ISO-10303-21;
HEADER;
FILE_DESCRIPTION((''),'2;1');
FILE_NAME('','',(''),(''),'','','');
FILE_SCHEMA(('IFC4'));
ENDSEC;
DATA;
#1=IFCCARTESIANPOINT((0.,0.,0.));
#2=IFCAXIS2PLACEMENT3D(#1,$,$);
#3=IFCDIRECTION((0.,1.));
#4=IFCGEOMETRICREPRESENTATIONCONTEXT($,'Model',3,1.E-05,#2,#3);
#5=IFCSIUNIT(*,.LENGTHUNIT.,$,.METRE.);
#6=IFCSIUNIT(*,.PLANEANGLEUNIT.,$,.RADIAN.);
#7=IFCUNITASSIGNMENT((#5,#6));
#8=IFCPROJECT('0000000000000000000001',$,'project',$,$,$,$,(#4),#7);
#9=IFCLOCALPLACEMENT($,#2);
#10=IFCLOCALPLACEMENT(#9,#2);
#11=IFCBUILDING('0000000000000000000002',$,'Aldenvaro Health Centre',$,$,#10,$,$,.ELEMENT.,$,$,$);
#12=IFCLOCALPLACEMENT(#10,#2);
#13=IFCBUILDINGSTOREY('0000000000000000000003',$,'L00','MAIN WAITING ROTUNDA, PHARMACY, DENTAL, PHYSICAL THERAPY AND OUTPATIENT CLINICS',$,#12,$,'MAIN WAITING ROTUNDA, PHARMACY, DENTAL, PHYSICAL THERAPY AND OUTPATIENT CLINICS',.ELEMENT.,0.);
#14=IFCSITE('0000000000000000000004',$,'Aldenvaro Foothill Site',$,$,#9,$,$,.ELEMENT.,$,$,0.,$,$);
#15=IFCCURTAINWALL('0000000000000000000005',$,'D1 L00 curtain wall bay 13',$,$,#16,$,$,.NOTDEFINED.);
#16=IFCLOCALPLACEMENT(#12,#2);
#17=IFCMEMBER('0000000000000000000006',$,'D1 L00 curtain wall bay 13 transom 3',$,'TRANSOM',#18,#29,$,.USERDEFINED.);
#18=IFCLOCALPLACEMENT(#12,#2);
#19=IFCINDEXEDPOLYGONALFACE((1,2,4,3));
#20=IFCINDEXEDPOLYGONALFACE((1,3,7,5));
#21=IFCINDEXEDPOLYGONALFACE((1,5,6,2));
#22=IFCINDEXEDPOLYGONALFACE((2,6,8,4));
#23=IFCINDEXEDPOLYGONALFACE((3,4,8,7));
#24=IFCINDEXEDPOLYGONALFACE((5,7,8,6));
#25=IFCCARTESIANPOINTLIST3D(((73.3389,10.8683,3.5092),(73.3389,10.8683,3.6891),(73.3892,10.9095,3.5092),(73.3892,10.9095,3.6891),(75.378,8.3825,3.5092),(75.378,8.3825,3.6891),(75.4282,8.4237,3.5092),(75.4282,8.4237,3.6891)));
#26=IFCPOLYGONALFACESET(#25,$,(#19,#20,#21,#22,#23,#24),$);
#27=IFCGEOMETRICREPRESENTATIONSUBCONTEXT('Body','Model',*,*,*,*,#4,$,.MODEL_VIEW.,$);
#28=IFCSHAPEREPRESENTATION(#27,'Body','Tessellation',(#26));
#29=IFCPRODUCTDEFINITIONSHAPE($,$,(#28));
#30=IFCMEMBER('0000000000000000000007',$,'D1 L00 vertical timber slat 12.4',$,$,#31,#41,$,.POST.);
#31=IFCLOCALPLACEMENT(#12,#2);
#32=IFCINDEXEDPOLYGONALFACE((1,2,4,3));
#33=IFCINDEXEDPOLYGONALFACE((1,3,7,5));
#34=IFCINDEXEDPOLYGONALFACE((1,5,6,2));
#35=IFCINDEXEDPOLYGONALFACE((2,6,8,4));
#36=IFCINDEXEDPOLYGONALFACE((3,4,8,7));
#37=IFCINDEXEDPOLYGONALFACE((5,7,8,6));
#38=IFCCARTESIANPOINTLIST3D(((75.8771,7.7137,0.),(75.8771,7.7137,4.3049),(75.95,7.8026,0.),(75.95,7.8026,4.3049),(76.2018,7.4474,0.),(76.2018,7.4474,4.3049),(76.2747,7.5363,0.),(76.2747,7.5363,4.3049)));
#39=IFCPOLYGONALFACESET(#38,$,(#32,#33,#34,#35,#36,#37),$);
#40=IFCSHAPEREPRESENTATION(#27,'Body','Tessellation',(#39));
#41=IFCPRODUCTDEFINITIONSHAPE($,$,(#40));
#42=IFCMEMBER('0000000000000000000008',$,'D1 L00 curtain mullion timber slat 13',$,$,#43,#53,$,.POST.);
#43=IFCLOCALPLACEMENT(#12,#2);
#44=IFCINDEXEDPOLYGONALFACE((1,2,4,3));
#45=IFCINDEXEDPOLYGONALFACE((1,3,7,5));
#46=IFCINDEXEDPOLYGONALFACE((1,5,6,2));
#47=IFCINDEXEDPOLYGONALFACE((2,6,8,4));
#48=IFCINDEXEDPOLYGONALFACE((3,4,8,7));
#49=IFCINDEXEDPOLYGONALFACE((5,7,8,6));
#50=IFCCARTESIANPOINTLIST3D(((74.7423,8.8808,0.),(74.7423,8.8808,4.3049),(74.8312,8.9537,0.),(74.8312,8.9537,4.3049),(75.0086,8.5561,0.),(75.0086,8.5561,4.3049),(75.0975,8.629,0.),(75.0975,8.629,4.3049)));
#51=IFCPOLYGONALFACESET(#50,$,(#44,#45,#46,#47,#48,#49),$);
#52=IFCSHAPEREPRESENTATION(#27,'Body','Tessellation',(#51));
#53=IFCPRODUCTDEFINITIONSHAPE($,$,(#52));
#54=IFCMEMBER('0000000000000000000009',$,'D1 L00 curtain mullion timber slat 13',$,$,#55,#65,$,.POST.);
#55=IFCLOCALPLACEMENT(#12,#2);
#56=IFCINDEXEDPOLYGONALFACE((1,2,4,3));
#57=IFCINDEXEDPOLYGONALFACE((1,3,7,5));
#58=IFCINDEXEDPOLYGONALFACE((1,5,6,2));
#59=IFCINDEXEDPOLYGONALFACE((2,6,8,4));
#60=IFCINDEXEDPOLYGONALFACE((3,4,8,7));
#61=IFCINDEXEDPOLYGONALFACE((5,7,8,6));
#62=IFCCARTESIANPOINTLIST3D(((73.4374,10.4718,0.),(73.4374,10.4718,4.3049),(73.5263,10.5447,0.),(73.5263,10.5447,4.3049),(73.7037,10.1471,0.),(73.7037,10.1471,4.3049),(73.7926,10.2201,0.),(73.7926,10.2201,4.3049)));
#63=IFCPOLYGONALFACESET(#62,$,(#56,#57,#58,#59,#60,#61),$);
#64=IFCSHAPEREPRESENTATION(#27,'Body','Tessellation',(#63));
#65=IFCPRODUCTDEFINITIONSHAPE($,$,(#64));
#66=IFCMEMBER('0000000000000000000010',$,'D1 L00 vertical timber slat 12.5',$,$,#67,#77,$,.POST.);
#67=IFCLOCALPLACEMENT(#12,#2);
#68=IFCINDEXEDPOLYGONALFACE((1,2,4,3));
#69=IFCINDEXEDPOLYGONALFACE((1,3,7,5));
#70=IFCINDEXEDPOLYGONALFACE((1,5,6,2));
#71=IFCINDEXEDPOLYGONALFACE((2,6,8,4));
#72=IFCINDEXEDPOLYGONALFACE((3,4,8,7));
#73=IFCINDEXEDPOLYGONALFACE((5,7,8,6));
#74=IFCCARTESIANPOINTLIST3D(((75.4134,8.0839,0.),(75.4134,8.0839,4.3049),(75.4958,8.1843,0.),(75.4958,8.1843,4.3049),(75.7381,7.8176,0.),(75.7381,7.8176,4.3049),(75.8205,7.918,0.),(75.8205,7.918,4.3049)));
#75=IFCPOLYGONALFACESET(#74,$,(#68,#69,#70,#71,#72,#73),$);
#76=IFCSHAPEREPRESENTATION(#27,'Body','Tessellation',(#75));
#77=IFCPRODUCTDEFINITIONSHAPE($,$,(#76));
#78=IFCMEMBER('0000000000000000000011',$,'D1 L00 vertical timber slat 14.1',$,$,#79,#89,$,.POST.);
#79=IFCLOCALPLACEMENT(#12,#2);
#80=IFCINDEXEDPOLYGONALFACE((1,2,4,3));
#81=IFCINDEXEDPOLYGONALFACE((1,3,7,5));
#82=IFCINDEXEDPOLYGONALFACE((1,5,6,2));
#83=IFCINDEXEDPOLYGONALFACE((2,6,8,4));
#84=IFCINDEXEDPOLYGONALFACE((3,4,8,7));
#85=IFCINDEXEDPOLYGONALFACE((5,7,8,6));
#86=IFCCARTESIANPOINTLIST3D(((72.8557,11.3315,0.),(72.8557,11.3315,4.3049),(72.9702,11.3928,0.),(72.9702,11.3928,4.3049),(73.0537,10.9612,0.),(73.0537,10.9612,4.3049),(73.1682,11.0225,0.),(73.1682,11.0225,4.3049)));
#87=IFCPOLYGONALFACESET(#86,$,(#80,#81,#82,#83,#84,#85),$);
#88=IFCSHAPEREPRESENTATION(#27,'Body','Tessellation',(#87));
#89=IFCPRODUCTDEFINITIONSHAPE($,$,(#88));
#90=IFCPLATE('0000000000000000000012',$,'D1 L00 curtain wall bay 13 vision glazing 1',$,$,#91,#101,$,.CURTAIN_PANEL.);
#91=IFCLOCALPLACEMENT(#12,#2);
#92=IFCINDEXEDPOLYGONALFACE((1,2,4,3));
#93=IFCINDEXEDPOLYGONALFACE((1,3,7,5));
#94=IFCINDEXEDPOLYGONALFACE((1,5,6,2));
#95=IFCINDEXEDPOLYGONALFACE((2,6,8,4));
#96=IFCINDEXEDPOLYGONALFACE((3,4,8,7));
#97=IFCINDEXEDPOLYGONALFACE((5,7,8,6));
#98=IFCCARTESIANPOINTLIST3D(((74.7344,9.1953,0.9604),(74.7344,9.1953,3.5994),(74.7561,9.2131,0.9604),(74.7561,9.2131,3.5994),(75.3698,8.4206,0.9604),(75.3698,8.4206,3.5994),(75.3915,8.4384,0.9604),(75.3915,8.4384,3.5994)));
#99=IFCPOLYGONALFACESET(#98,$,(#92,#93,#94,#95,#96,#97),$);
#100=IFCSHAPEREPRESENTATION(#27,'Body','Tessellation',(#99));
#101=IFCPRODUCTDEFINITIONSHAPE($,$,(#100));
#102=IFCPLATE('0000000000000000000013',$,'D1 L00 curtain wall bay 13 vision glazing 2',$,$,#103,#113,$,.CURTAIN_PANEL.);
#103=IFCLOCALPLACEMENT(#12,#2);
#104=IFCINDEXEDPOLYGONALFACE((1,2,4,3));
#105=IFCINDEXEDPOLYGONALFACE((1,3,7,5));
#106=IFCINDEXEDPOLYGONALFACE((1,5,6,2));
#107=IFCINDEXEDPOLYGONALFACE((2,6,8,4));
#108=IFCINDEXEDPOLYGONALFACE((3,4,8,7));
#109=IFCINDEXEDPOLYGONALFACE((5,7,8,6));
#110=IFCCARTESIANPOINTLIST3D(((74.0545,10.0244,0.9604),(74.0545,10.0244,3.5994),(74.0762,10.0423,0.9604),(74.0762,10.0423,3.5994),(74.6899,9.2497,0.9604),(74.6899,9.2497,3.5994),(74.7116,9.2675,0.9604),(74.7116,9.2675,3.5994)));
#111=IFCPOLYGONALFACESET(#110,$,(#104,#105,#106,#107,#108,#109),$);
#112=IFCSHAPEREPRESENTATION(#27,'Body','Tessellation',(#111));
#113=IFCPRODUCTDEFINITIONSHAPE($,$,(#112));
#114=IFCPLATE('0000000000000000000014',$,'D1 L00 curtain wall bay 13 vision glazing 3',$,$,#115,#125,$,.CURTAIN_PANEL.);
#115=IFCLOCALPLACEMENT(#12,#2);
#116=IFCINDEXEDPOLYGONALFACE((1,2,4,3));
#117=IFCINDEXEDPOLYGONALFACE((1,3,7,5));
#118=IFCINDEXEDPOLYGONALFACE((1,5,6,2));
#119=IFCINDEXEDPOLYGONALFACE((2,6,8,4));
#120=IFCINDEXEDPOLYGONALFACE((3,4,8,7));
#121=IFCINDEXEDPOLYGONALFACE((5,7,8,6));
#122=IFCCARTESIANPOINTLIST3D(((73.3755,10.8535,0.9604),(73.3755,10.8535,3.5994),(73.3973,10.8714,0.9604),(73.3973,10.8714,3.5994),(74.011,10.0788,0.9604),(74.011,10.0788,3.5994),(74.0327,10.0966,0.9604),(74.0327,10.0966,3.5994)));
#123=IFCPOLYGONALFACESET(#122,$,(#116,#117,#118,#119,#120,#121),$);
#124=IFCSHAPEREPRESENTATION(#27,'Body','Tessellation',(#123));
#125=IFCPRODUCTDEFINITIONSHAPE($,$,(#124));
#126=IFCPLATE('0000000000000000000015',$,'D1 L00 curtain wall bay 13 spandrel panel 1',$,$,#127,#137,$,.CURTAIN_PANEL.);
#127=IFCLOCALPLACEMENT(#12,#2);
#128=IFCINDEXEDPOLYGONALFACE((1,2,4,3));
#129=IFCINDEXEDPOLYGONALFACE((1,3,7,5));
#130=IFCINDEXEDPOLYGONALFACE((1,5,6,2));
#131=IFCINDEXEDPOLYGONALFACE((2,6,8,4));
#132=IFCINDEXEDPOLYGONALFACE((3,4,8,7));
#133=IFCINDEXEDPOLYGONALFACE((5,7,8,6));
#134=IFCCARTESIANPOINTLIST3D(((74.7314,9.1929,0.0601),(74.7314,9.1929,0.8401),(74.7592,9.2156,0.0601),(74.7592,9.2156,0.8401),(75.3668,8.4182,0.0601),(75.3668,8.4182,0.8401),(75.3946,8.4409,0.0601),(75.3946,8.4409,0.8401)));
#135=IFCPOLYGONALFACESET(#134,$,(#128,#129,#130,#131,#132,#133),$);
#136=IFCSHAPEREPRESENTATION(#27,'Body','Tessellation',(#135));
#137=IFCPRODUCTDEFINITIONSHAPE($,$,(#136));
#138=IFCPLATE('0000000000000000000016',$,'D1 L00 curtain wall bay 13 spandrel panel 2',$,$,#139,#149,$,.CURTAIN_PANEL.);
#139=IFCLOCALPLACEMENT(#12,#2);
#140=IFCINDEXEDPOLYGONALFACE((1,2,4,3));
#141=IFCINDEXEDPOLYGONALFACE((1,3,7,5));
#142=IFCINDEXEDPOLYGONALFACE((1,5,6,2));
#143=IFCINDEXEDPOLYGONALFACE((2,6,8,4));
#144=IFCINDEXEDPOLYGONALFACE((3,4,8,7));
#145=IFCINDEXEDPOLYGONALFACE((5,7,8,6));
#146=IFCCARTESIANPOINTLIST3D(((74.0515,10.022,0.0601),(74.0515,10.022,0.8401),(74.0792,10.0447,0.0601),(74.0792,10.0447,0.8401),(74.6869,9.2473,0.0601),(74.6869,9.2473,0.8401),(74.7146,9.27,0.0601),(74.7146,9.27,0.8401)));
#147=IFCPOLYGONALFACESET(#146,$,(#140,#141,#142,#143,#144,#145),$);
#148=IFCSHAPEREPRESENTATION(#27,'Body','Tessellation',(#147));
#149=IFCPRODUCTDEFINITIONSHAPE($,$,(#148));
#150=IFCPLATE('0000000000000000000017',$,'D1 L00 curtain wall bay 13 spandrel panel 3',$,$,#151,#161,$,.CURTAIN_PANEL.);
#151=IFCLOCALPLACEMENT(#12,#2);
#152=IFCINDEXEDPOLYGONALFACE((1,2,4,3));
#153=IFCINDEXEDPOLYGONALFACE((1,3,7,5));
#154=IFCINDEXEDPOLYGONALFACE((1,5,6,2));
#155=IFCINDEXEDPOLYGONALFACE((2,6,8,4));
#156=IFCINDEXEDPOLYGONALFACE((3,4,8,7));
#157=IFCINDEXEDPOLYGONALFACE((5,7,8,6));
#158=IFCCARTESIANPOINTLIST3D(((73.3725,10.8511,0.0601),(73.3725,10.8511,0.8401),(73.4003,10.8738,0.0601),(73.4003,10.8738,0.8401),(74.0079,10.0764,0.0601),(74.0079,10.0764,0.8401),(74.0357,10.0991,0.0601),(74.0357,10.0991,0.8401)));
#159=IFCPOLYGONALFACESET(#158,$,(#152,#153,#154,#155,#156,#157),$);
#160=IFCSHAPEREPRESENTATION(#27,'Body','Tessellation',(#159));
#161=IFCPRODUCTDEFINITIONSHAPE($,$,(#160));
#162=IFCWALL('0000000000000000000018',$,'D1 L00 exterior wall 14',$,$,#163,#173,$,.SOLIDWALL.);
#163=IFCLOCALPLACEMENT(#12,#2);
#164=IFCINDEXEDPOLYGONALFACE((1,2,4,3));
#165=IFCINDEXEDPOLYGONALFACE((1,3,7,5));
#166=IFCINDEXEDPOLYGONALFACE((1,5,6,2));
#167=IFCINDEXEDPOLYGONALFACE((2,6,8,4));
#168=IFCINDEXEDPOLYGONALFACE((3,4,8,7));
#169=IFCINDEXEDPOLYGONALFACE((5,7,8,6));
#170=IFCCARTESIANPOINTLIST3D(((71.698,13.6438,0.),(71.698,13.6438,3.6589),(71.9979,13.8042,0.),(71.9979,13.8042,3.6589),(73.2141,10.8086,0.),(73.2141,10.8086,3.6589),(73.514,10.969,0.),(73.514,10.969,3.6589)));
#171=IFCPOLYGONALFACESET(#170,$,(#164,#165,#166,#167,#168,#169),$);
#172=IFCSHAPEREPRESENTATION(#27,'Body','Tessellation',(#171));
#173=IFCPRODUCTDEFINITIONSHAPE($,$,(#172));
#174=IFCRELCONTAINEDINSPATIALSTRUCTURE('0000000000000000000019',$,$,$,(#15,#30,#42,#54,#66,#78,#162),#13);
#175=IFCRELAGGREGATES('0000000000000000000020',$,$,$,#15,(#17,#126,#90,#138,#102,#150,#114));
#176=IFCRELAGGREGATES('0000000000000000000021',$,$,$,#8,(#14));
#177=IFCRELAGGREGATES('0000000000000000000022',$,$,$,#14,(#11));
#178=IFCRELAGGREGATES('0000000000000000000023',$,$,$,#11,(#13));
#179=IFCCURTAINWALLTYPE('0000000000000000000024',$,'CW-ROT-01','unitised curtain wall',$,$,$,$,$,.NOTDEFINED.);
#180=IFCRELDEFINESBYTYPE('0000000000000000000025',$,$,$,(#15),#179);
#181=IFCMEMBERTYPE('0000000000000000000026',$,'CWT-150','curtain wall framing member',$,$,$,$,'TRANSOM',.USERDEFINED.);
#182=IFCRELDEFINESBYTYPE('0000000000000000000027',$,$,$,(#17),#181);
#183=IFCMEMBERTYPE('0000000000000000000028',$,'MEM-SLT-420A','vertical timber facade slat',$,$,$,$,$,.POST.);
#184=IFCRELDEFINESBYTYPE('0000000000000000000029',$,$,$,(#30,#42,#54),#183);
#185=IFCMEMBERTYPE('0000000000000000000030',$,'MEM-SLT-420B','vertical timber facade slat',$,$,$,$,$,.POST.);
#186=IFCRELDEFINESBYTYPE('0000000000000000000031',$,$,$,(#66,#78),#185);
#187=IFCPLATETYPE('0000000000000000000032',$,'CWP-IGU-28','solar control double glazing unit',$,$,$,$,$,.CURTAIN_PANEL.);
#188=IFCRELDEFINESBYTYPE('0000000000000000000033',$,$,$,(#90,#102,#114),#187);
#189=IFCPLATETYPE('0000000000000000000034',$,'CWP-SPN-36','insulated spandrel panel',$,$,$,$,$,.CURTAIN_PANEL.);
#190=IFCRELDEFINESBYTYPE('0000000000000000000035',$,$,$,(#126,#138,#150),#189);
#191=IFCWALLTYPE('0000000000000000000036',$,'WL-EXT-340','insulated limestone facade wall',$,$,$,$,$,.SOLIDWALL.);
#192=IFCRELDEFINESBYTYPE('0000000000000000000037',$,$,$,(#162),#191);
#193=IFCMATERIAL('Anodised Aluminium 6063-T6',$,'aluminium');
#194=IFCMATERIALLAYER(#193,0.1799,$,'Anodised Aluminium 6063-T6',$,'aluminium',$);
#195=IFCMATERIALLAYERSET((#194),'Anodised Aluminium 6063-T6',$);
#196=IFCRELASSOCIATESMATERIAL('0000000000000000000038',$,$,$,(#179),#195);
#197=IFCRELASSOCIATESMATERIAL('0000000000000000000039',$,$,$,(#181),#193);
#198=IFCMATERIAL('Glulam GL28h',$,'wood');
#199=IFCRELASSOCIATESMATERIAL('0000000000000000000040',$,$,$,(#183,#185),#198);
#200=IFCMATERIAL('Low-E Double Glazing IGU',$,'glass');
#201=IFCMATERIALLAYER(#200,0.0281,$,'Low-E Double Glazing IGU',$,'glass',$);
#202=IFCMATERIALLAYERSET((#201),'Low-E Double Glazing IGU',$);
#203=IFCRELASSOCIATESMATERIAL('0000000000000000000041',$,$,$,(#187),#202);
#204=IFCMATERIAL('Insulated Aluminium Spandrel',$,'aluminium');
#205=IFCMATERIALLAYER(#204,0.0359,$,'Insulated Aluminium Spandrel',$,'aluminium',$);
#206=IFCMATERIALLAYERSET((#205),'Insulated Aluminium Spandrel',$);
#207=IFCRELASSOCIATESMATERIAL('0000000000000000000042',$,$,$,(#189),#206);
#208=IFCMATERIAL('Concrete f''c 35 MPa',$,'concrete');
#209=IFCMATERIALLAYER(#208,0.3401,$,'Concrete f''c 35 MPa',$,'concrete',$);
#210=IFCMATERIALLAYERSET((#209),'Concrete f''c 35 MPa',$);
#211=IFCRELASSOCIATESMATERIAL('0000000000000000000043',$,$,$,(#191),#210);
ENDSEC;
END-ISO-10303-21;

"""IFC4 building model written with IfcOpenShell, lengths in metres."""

from ifc_helpers import new_model, si_unit, direction, frame, frame_2d, origin, origin_2d, place, context, subcontext, project, spatial, rectangle, extrude, material, layer, layer_set, material_profile, profile_set, type_object, element, aggregate, save


model = new_model("IFC4")

# Units and contexts
model_context = context("Model", 3, precision=1e-05, world=origin(), true_north=direction((0.0, 1.0)))
body_context = subcontext(model_context, "Body", "Model", "MODEL_VIEW")
ifc_project = project(units=[si_unit("LENGTHUNIT", "METRE"), si_unit("PLANEANGLEUNIT", "RADIAN")], contexts=[model_context])

# Site, building, storey
site_placement = place(None, origin())
site = spatial("IfcSite", under=ifc_project, at=site_placement, Name="Aldenvaro Foothill Site", CompositionType="ELEMENT", RefElevation=0.0)
building_placement = place(site_placement, origin())
building = spatial("IfcBuilding", under=site, at=building_placement, Name="Aldenvaro Health Centre", CompositionType="ELEMENT")
storey_placement = place(building_placement, origin())
storey = spatial("IfcBuildingStorey", under=building, at=storey_placement, Name="L00", Description="MAIN WAITING ROTUNDA, PHARMACY, DENTAL, PHYSICAL THERAPY AND OUTPATIENT CLINICS", LongName="MAIN WAITING ROTUNDA, PHARMACY, DENTAL, PHYSICAL THERAPY AND OUTPATIENT CLINICS", CompositionType="ELEMENT", Elevation=0.0)

# Shared definitions
ifc_material_1 = material(Name="Glulam GL28h", Category="wood")

# Curtain wall, member
ifc_material_2 = material(Name="Anodised Aluminium 6063-T6", Category="aluminium")
ifc_layer_1 = layer(ifc_material_2, 0.1799, Name="Anodised Aluminium 6063-T6", Category="aluminium")
ifc_layer_set_1 = layer_set([ifc_layer_1], Name="Anodised Aluminium 6063-T6")
curtain_wall_type = type_object("IfcCurtainWallType", Name="CW-ROT-01", Description="unitised curtain wall", PredefinedType="NOTDEFINED", material=ifc_layer_set_1)
curtain_wall_placement = place(storey_placement, origin())
curtain_wall = element("IfcCurtainWall", 1, at=curtain_wall_placement, inside=storey, type_object=curtain_wall_type, Name="D1 L00 curtain wall bay 13", PredefinedType="NOTDEFINED")
ifc_material_profile_1 = material_profile(ifc_material_2, rectangle(XDim=0.0649, YDim=0.1799, at=origin_2d()), Name="ALU 65x180", Category="aluminium")
ifc_profile_set_1 = profile_set([ifc_material_profile_1], Name="Anodised Aluminium 6063-T6")
member_type_1 = type_object("IfcMemberType", Name="CWT-150", Description="curtain wall framing member", ElementType="TRANSOM", PredefinedType="USERDEFINED", material=ifc_profile_set_1)
member_1_placement = place(storey_placement, frame((75.4031, 8.4031, 3.5991), z_axis=(-0.634205, 0.773165, 0.0), x_axis=(-0.773165, -0.634205, 0.0)))
member_1 = element("IfcMember", 2, at=member_1_placement, type_object=member_type_1, Name="D1 L00 curtain wall bay 13 transom 3", ObjectType="TRANSOM", PredefinedType="USERDEFINED", context=body_context, shape_type="SweptSolid", body=[
    extrude(rectangle(XDim=0.0649, YDim=0.1799, at=origin_2d()), origin(), (0.0, 0.0, 1.0), 3.2151),
])

# Members
ifc_material_profile_2 = material_profile(ifc_material_1, rectangle(XDim=0.115, YDim=0.4199, at=origin_2d()), Name="GL 115x420", Category="wood")
ifc_profile_set_2 = profile_set([ifc_material_profile_2], Name="Glulam GL28h")
member_type_2 = type_object("IfcMemberType", Name="MEM-SLT-420A", Description="vertical timber facade slat", PredefinedType="POST", material=ifc_profile_set_2)
for number, where, z_axis, x_axis, name in (
    (3, (76.0759, 7.625, 0.0), (0.0, 0.0, 1.0), (-0.634169, -0.773195, 0.0), "D1 L00 vertical timber slat 12.4"),
    (4, (74.9199, 8.7549, 0.0), (0.0, 0.0, 1.0), (-0.773195, -0.634169, 0.0), "D1 L00 curtain mullion timber slat 13"),
    (5, (73.615, 10.3459, 0.0), (0.0, 0.0, 1.0), (-0.773195, -0.634169, 0.0), "D1 L00 curtain mullion timber slat 13"),
):
    element("IfcMember", number, at=place(storey_placement, frame(where, z_axis=z_axis, x_axis=x_axis)), inside=storey, type_object=member_type_2, Name=name, PredefinedType="POST", context=body_context, shape_type="SweptSolid", body=[
        extrude(rectangle(XDim=0.115, YDim=0.4199, at=origin_2d()), origin(), (0.0, 0.0, 1.0), 4.3049),
    ])
ifc_material_profile_3 = material_profile(ifc_material_1, rectangle(XDim=0.1299, YDim=0.4199, at=origin_2d()), Name="GL 130x420", Category="wood")
ifc_profile_set_3 = profile_set([ifc_material_profile_3], Name="Glulam GL28h")
member_type_3 = type_object("IfcMemberType", Name="MEM-SLT-420B", Description="vertical timber facade slat", PredefinedType="POST", material=ifc_profile_set_3)
for number, where, z_axis, x_axis, name in (
    (6, (75.6169, 8.001, 0.0), (0.0, 0.0, 1.0), (-0.634169, -0.773195, 0.0), "D1 L00 vertical timber slat 12.5"),
    (7, (73.012, 11.177, 0.0), (0.0, 0.0, 1.0), (-0.881836, -0.471557, 0.0), "D1 L00 vertical timber slat 14.1"),
):
    element("IfcMember", number, at=place(storey_placement, frame(where, z_axis=z_axis, x_axis=x_axis)), inside=storey, type_object=member_type_3, Name=name, PredefinedType="POST", context=body_context, shape_type="SweptSolid", body=[
        extrude(rectangle(XDim=0.1299, YDim=0.4199, at=origin_2d()), origin(), (0.0, 0.0, 1.0), 4.3049),
    ])

# Plates
ifc_material_3 = material(Name="Low-E Double Glazing IGU", Category="glass")
ifc_layer_2 = layer(ifc_material_3, 0.0281, Name="Low-E Double Glazing IGU", Category="glass")
ifc_layer_set_2 = layer_set([ifc_layer_2], Name="Low-E Double Glazing IGU")
plate_type_1 = type_object("IfcPlateType", Name="CWP-IGU-28", Description="solar control double glazing unit", PredefinedType="CURTAIN_PANEL", material=ifc_layer_set_2)
plate_1_placement = place(storey_placement, frame((75.063, 8.8169, 0.9604), z_axis=(0.0, 0.0, 1.0), x_axis=(-0.634169, 0.773195, 0.0)))
plate_1 = element("IfcPlate", 8, at=plate_1_placement, type_object=plate_type_1, Name="D1 L00 curtain wall bay 13 vision glazing 1", PredefinedType="CURTAIN_PANEL", context=body_context, shape_type="SweptSolid", body=[
    extrude(rectangle(XDim=1.002, YDim=0.0281, at=origin_2d()), origin(), (0.0, 0.0, 1.0), 2.6389),
])
plate_2_placement = place(storey_placement, frame((74.3831, 9.646, 0.9604), z_axis=(0.0, 0.0, 1.0), x_axis=(-0.634169, 0.773195, 0.0)))
plate_2 = element("IfcPlate", 9, at=plate_2_placement, type_object=plate_type_1, Name="D1 L00 curtain wall bay 13 vision glazing 2", PredefinedType="CURTAIN_PANEL", context=body_context, shape_type="SweptSolid", body=[
    extrude(rectangle(XDim=1.002, YDim=0.0281, at=origin_2d()), origin(), (0.0, 0.0, 1.0), 2.6389),
])
plate_3_placement = place(storey_placement, frame((73.7041, 10.4751, 0.9604), z_axis=(0.0, 0.0, 1.0), x_axis=(-0.634169, 0.773195, 0.0)))
plate_3 = element("IfcPlate", 10, at=plate_3_placement, type_object=plate_type_1, Name="D1 L00 curtain wall bay 13 vision glazing 3", PredefinedType="CURTAIN_PANEL", context=body_context, shape_type="SweptSolid", body=[
    extrude(rectangle(XDim=1.002, YDim=0.0281, at=origin_2d()), origin(), (0.0, 0.0, 1.0), 2.6389),
])
ifc_material_4 = material(Name="Insulated Aluminium Spandrel", Category="aluminium")
ifc_layer_3 = layer(ifc_material_4, 0.0359, Name="Insulated Aluminium Spandrel", Category="aluminium")
ifc_layer_set_3 = layer_set([ifc_layer_3], Name="Insulated Aluminium Spandrel")
plate_type_2 = type_object("IfcPlateType", Name="CWP-SPN-36", Description="insulated spandrel panel", PredefinedType="CURTAIN_PANEL", material=ifc_layer_set_3)
plate_4_placement = place(storey_placement, frame((75.063, 8.8169, 0.0601), z_axis=(0.0, 0.0, 1.0), x_axis=(-0.634169, 0.773195, 0.0)))
plate_4 = element("IfcPlate", 11, at=plate_4_placement, type_object=plate_type_2, Name="D1 L00 curtain wall bay 13 spandrel panel 1", PredefinedType="CURTAIN_PANEL", context=body_context, shape_type="SweptSolid", body=[
    extrude(rectangle(XDim=1.002, YDim=0.0359, at=origin_2d()), origin(), (0.0, 0.0, 1.0), 0.78),
])
plate_5_placement = place(storey_placement, frame((74.3831, 9.646, 0.0601), z_axis=(0.0, 0.0, 1.0), x_axis=(-0.634169, 0.773195, 0.0)))
plate_5 = element("IfcPlate", 12, at=plate_5_placement, type_object=plate_type_2, Name="D1 L00 curtain wall bay 13 spandrel panel 2", PredefinedType="CURTAIN_PANEL", context=body_context, shape_type="SweptSolid", body=[
    extrude(rectangle(XDim=1.002, YDim=0.0359, at=origin_2d()), origin(), (0.0, 0.0, 1.0), 0.78),
])
plate_6_placement = place(storey_placement, frame((73.7041, 10.4751, 0.0601), z_axis=(0.0, 0.0, 1.0), x_axis=(-0.634169, 0.773195, 0.0)))
plate_6 = element("IfcPlate", 13, at=plate_6_placement, type_object=plate_type_2, Name="D1 L00 curtain wall bay 13 spandrel panel 3", PredefinedType="CURTAIN_PANEL", context=body_context, shape_type="SweptSolid", body=[
    extrude(rectangle(XDim=1.002, YDim=0.0359, at=origin_2d()), origin(), (0.0, 0.0, 1.0), 0.78),
])
aggregate(curtain_wall, [member_1, plate_4, plate_1, plate_5, plate_2, plate_6, plate_3])

# Wall
ifc_material_5 = material(Name="Concrete f'c 35 MPa", Category="concrete")
ifc_layer_4 = layer(ifc_material_5, 0.3401, Name="Concrete f'c 35 MPa", Category="concrete")
ifc_layer_set_4 = layer_set([ifc_layer_4], Name="Concrete f'c 35 MPa")
wall_type_1 = type_object("IfcWallType", Name="WL-EXT-340", Description="insulated limestone facade wall", PredefinedType="SOLIDWALL", material=ifc_layer_set_4)
wall_1_placement = place(storey_placement, frame((73.364, 10.8889, 0.0), z_axis=(0.0, 0.0, 1.0), x_axis=(-0.471558, 0.881835, 0.0)))
element("IfcWall", 14, at=wall_1_placement, inside=storey, type_object=wall_type_1, Name="D1 L00 exterior wall 14", PredefinedType="SOLIDWALL", context=body_context, shape_type="SweptSolid", body=[
    extrude(rectangle(XDim=3.2151, YDim=0.3401, at=frame_2d((1.6074, 0.0))), origin(), (0.0, 0.0, 1.0), 3.6589),
])

save(model, "model.ifc")
